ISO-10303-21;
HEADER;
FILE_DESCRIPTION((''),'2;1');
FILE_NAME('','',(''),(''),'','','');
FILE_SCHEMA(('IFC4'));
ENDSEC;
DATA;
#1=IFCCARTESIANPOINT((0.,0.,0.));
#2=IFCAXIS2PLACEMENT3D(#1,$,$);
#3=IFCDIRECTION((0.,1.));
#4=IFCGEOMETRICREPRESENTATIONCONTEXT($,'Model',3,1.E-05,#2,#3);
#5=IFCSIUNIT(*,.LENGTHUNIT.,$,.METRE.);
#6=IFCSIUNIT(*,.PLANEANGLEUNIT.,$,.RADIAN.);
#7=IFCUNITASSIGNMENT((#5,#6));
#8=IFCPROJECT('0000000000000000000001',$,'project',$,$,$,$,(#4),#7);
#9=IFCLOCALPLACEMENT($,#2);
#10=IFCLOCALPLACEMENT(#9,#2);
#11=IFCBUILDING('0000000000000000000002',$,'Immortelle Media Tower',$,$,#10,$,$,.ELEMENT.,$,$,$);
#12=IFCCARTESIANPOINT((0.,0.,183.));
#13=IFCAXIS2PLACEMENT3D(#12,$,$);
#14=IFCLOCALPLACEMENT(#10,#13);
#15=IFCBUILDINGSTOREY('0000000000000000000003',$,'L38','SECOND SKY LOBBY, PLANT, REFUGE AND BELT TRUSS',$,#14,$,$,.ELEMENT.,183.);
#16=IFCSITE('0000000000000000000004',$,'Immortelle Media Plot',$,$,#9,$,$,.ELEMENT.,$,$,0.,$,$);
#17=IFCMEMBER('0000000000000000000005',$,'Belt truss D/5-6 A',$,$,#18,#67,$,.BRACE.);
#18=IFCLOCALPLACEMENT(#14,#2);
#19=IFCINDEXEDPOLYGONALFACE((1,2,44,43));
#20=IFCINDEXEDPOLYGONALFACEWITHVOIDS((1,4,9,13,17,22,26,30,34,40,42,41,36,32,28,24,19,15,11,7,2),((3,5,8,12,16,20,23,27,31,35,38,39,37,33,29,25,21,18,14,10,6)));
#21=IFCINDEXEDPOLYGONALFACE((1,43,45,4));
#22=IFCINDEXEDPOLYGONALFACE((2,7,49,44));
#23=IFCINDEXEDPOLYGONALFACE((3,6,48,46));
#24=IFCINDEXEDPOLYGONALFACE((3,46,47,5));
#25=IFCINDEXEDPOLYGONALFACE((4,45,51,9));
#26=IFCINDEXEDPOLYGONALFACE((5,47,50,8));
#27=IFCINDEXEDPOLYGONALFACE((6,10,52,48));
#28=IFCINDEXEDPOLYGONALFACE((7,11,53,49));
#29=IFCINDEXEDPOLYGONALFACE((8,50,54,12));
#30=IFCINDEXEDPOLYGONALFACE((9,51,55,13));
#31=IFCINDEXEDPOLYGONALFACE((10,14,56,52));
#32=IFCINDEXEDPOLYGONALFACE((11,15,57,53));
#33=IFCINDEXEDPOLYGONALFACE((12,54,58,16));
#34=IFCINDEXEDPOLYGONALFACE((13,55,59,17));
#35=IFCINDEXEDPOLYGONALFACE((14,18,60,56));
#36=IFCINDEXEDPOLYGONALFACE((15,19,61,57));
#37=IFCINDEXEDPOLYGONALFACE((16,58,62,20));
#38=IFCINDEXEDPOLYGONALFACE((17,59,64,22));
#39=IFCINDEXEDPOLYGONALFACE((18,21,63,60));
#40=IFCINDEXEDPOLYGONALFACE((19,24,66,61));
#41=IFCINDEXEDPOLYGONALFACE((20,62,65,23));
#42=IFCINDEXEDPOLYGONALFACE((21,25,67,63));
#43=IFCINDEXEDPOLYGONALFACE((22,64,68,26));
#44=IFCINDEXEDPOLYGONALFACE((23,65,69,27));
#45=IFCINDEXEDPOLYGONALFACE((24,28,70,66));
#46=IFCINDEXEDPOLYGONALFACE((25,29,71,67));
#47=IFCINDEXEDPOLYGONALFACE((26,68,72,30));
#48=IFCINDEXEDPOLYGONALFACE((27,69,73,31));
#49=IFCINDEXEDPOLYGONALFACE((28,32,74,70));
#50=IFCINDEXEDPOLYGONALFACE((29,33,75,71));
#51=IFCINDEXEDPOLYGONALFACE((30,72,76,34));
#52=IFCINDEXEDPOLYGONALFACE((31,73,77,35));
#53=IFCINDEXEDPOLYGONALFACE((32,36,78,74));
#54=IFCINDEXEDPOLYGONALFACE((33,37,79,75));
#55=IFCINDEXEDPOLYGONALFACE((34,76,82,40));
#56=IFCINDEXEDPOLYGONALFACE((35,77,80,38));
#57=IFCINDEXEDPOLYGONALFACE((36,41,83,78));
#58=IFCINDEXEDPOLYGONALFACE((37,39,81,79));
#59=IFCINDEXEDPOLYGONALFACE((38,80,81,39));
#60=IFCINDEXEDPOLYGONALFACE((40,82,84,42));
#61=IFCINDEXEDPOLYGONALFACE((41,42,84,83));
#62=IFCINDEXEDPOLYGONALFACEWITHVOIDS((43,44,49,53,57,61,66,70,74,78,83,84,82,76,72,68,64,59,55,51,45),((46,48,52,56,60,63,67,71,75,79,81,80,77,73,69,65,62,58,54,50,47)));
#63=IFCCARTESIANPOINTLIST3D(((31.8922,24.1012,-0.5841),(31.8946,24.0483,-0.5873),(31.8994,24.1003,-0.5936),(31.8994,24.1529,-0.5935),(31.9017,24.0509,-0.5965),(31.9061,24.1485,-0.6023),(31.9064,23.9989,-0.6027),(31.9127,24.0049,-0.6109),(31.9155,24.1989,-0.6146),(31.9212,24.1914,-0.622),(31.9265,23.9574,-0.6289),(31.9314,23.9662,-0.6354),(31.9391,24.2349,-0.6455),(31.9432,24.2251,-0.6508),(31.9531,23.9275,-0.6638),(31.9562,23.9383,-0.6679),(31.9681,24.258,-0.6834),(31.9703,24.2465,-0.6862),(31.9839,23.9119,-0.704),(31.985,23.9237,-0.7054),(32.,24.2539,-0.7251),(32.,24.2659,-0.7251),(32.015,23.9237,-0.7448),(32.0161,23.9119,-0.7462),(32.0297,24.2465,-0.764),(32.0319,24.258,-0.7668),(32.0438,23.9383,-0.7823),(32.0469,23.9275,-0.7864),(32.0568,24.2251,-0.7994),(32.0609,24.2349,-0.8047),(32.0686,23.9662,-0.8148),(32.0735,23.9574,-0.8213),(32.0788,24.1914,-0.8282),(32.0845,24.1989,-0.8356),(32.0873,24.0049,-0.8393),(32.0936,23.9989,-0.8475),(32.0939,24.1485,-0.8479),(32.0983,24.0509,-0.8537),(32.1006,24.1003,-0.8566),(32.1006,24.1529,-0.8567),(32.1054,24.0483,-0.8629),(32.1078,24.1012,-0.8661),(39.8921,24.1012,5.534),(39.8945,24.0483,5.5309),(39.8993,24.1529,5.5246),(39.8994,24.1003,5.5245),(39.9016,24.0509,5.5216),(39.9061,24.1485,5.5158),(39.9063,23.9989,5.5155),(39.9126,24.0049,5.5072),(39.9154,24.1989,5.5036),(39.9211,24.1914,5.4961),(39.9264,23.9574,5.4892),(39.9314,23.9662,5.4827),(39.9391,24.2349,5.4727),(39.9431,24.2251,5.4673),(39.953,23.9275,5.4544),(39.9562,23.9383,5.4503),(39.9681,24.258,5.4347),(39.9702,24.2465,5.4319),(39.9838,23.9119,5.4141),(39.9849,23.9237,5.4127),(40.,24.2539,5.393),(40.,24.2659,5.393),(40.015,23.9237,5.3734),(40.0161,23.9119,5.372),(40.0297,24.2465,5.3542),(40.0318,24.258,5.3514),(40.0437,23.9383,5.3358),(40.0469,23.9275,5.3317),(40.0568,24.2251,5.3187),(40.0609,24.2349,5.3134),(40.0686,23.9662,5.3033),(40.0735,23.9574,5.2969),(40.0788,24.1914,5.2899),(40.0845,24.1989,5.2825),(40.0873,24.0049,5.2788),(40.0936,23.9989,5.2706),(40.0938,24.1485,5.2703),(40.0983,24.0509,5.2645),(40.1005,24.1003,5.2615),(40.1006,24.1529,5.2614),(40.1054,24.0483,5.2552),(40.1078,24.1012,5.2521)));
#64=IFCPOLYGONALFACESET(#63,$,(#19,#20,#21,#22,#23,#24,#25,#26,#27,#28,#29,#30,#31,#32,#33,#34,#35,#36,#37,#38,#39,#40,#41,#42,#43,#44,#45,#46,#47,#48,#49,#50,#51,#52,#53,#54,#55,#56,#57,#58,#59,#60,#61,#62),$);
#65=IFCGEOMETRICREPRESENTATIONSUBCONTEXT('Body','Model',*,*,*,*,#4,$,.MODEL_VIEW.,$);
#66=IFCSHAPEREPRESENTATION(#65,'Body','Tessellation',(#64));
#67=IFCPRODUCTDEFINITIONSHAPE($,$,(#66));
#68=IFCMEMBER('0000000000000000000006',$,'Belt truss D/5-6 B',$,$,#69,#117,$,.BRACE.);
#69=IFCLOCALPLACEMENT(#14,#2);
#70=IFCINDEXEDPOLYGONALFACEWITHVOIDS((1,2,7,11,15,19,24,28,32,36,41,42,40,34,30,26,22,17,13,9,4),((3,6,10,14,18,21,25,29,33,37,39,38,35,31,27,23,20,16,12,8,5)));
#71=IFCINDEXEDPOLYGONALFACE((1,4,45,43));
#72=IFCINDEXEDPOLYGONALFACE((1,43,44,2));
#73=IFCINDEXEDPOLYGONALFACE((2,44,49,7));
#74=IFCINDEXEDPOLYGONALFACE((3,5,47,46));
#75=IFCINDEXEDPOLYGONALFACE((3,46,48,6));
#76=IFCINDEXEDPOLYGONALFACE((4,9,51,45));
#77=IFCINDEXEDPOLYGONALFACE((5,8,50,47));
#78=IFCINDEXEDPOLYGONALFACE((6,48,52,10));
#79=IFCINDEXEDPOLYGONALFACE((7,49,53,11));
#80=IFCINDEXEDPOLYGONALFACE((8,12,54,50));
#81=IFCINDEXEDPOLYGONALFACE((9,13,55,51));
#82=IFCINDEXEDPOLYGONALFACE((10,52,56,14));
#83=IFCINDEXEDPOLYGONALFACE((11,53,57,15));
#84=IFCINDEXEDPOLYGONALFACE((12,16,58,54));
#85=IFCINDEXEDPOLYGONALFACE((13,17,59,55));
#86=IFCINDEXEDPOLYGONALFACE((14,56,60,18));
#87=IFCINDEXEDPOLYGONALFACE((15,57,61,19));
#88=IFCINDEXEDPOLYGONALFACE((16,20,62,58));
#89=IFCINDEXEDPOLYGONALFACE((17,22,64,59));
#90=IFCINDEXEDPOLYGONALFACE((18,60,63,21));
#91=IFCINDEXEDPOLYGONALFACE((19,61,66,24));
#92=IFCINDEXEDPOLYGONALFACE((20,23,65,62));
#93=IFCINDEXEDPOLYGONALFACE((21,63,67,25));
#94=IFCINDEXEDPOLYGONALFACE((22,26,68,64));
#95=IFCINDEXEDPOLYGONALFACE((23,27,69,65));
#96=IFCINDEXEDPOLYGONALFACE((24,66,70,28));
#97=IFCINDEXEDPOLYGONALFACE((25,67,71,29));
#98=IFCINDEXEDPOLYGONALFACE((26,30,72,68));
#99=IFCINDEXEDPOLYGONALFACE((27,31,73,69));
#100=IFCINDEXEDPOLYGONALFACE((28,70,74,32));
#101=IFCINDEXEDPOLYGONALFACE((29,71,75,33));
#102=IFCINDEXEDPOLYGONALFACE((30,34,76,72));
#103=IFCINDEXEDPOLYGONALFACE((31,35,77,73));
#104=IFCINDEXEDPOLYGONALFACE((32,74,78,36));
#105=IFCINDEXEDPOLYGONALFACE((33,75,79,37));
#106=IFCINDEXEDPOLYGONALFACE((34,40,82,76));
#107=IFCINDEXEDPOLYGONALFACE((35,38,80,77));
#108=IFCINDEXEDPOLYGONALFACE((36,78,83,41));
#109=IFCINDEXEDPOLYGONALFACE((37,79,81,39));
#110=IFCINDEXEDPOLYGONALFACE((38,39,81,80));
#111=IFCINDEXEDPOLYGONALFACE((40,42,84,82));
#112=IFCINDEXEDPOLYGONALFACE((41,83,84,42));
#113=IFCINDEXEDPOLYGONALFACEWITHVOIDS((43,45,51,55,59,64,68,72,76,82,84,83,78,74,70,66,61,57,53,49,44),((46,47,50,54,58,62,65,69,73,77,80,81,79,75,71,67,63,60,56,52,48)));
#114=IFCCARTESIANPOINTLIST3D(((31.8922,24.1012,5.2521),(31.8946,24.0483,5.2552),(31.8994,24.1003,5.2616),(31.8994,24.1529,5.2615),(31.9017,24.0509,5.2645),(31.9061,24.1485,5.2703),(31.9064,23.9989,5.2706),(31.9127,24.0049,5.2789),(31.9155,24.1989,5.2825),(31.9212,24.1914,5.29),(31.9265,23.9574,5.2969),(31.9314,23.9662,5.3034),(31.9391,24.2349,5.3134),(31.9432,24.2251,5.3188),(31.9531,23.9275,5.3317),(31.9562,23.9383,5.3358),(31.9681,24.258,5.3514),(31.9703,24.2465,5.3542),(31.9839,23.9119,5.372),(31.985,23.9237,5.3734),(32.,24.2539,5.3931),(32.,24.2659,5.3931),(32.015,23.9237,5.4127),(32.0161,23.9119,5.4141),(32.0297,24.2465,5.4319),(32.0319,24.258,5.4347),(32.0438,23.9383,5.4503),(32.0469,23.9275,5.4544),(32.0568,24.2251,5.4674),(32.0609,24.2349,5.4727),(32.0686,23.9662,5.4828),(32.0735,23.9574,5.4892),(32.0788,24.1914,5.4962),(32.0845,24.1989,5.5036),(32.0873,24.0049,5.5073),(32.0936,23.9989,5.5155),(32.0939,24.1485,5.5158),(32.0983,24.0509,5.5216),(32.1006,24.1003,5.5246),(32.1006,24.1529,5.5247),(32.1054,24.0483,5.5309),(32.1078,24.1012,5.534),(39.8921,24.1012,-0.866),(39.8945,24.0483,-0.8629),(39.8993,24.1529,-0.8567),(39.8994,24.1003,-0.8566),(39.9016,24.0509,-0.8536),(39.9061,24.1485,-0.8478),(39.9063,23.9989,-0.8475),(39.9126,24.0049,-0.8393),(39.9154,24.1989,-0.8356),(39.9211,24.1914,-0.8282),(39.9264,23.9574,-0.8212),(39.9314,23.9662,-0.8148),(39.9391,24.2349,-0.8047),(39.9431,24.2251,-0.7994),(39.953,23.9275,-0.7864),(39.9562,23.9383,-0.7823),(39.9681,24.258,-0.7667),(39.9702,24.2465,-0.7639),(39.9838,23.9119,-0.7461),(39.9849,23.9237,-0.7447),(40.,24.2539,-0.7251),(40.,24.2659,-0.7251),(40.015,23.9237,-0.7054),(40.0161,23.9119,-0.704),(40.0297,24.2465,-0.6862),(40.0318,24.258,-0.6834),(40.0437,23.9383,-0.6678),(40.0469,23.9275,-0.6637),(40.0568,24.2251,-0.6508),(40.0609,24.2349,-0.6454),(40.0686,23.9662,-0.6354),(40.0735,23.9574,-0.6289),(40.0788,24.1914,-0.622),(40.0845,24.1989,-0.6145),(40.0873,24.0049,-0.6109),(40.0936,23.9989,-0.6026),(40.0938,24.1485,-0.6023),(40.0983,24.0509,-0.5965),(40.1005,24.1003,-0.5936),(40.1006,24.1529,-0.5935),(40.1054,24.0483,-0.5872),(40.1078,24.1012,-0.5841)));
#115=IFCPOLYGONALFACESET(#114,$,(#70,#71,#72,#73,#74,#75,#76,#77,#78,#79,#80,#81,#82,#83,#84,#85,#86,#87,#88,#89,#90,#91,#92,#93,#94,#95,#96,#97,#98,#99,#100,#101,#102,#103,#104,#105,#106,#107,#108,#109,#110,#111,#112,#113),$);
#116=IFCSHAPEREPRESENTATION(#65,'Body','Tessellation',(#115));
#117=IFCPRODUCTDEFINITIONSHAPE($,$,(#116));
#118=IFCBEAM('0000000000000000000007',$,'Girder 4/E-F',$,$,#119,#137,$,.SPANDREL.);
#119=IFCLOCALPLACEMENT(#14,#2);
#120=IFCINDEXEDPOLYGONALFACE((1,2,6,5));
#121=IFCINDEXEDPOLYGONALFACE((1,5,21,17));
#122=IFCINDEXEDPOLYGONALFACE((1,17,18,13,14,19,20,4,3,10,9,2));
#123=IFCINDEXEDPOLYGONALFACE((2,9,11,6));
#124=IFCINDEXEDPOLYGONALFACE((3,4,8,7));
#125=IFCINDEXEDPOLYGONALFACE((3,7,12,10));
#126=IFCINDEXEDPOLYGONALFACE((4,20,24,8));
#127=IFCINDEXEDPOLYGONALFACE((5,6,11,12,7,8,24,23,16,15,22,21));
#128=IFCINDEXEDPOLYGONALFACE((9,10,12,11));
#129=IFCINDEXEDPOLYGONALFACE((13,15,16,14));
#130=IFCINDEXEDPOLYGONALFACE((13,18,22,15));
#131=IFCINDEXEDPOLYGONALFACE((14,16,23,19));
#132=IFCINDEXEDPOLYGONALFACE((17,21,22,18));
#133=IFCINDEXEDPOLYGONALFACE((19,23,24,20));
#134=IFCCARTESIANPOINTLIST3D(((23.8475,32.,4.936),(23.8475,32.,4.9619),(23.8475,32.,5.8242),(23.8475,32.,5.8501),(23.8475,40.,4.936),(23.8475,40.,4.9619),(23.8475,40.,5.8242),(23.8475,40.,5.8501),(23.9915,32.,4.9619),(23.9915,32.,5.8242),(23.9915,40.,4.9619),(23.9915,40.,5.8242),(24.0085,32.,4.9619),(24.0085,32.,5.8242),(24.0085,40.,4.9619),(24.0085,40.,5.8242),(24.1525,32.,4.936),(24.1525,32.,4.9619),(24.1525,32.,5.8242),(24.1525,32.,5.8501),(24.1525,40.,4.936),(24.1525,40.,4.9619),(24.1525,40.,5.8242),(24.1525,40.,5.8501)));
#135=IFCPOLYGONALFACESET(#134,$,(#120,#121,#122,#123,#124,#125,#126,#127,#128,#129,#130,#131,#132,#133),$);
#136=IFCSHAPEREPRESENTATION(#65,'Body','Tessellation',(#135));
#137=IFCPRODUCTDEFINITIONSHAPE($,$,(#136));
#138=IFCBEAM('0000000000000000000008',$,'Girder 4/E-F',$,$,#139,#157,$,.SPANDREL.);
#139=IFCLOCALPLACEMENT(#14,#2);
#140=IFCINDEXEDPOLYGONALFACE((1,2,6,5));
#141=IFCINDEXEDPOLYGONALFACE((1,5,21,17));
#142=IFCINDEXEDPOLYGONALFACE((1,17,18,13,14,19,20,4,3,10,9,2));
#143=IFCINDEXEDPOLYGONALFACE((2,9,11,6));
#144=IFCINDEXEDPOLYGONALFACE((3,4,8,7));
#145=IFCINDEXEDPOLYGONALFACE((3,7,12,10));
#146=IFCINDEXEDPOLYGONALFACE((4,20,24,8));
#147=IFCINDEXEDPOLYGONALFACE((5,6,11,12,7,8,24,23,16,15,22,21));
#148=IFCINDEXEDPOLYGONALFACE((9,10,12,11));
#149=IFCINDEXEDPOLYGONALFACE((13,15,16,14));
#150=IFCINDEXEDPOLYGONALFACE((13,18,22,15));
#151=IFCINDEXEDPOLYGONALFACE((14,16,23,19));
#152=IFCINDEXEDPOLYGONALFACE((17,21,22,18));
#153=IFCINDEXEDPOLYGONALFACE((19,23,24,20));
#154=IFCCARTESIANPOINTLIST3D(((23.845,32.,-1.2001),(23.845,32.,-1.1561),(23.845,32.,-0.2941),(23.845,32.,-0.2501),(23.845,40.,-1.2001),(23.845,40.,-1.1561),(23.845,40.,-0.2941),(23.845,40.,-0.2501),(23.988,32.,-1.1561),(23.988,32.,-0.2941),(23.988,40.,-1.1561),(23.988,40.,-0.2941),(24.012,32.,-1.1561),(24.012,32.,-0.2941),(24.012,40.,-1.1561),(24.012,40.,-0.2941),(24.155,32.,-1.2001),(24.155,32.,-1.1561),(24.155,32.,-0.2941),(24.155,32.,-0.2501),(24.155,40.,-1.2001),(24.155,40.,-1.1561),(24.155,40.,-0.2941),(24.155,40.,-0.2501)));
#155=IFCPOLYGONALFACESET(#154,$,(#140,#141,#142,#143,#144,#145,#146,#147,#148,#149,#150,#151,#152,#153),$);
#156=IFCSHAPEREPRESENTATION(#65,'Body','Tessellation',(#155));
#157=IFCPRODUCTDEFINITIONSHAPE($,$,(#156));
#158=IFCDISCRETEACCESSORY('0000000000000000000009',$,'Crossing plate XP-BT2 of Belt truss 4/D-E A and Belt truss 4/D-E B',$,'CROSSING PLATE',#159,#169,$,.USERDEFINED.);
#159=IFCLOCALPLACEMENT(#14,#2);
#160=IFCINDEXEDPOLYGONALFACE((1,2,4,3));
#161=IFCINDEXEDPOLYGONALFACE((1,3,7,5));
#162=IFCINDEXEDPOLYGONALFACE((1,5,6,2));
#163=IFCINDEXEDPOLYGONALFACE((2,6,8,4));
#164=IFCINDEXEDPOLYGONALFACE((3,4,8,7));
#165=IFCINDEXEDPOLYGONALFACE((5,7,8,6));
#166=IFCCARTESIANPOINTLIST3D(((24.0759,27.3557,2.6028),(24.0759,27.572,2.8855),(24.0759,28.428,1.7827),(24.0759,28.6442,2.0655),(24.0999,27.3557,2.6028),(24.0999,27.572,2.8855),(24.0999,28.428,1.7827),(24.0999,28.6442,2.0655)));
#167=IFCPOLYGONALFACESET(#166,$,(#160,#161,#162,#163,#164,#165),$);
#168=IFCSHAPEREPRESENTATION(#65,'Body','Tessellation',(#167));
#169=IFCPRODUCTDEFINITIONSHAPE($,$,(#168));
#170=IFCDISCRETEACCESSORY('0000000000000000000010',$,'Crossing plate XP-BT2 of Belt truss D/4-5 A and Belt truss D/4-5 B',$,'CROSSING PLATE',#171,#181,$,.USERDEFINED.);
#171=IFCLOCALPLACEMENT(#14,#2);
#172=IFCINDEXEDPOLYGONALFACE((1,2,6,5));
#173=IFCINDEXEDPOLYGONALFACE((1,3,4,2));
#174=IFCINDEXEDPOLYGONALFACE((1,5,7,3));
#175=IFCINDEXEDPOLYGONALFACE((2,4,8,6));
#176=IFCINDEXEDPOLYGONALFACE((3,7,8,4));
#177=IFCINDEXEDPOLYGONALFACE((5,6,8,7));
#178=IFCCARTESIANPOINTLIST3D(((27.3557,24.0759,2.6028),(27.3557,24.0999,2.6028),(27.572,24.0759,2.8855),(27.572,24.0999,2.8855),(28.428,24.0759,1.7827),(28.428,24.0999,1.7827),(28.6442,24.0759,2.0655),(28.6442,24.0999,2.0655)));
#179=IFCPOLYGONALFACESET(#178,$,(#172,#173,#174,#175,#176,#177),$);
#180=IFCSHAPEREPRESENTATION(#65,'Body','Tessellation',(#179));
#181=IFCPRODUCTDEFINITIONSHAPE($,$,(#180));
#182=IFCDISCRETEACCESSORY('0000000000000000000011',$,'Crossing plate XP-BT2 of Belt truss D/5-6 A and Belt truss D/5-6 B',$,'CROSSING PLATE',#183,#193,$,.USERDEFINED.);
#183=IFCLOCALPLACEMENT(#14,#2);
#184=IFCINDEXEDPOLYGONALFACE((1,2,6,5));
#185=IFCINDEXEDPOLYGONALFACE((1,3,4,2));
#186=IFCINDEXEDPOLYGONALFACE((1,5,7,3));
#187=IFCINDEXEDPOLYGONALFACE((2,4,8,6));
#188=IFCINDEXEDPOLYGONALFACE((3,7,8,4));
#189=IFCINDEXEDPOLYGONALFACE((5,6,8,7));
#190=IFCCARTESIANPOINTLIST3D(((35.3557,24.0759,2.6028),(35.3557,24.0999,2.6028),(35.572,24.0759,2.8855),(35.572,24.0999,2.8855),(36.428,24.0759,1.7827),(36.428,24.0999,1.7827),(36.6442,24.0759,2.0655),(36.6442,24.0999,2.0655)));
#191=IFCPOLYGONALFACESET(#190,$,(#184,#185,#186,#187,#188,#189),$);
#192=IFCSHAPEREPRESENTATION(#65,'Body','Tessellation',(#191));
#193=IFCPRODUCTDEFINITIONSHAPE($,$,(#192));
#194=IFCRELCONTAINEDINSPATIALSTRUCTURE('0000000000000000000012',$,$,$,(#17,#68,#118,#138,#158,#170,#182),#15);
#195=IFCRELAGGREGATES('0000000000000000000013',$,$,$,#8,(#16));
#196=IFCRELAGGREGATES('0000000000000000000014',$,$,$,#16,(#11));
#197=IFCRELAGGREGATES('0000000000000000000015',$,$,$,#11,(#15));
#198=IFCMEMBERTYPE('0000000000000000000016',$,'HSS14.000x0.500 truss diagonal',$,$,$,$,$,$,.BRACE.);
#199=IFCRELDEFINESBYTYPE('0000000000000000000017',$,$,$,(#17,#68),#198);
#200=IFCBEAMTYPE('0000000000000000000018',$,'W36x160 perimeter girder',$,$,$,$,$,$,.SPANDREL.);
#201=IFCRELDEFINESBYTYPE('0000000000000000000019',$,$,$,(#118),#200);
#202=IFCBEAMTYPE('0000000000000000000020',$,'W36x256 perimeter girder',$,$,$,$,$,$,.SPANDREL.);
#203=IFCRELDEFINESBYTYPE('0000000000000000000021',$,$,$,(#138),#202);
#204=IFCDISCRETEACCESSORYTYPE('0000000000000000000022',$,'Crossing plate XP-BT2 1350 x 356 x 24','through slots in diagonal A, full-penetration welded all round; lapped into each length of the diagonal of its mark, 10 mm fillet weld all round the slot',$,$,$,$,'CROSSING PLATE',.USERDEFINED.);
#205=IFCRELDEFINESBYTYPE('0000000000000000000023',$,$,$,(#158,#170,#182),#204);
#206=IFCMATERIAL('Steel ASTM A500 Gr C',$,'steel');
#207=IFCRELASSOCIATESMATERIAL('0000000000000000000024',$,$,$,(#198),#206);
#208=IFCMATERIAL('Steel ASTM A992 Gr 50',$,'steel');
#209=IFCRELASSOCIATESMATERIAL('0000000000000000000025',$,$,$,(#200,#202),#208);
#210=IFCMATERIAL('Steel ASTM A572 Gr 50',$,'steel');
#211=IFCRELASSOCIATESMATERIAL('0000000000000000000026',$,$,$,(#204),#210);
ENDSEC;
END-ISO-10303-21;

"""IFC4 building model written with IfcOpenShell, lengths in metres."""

from ifc_helpers import new_model, si_unit, direction, frame, origin, origin_2d, place, context, subcontext, project, spatial, rectangle, hollow_circle, i_section, extrude, material, material_profile, profile_set, type_object, element, save


model = new_model("IFC4")

# Units and contexts
model_context = context("Model", 3, precision=1e-05, world=origin(), true_north=direction((0.0, 1.0)))
body_context = subcontext(model_context, "Body", "Model", "MODEL_VIEW")
ifc_project = project(units=[si_unit("LENGTHUNIT", "METRE"), si_unit("PLANEANGLEUNIT", "RADIAN")], contexts=[model_context])

# Site, building, storey
site_placement = place(None, origin())
site = spatial("IfcSite", under=ifc_project, at=site_placement, Name="Immortelle Media Plot", CompositionType="ELEMENT", RefElevation=0.0)
building_placement = place(site_placement, origin())
building = spatial("IfcBuilding", under=site, at=building_placement, Name="Immortelle Media Tower", CompositionType="ELEMENT")
storey_placement = place(building_placement, frame((0.0, 0.0, 183.0)))
storey = spatial("IfcBuildingStorey", under=building, at=storey_placement, Name="L38", Description="SECOND SKY LOBBY, PLANT, REFUGE AND BELT TRUSS", CompositionType="ELEMENT", Elevation=183.0)

# Shared definitions
ifc_material_1 = material(Name="Steel ASTM A992 Gr 50", Category="steel")

# Members
ifc_material_2 = material(Name="Steel ASTM A500 Gr C", Category="steel")
ifc_material_profile_1 = material_profile(ifc_material_2, hollow_circle(Radius=0.178, WallThickness=0.012, at=origin_2d()), Name="HSS14.000x0.500 truss diagonal")
ifc_profile_set_1 = profile_set([ifc_material_profile_1], Name="Steel ASTM A500 Gr C")
member_type = type_object("IfcMemberType", Name="HSS14.000x0.500 truss diagonal", PredefinedType="BRACE", material=ifc_profile_set_1)
for number, where, z_axis, x_axis, name in (
    (1, (32.0, 24.0879, -0.7251), (0.794333, 0.0, 0.607482), (0.0, 1.0, 0.0), "Belt truss D/5-6 A"),
    (2, (32.0, 24.0879, 5.3931), (0.794333, 0.0, -0.607482), (0.0, 1.0, 0.0), "Belt truss D/5-6 B"),
):
    element("IfcMember", number, at=place(storey_placement, frame(where, z_axis=z_axis, x_axis=x_axis)), inside=storey, type_object=member_type, Name=name, PredefinedType="BRACE", context=body_context, shape_type="SweptSolid", body=[
        extrude(hollow_circle(Radius=0.178, WallThickness=0.012, at=origin_2d()), origin(), (0.0, 0.0, 1.0), 10.0713),
    ])

# Beams
ifc_material_profile_2 = material_profile(ifc_material_1, i_section(OverallWidth=0.3049, OverallDepth=0.9141, WebThickness=0.0171, FlangeThickness=0.0259, at=origin_2d()), Name="W36x160")
ifc_profile_set_2 = profile_set([ifc_material_profile_2], Name="Steel ASTM A992 Gr 50")
beam_type_1 = type_object("IfcBeamType", Name="W36x160 perimeter girder", PredefinedType="SPANDREL", material=ifc_profile_set_2)
beam_1_placement = place(storey_placement, frame((24.0, 32.0, 5.3931), z_axis=(0.0, 1.0, 0.0), x_axis=(-1.0, 0.0, 0.0)))
element("IfcBeam", 3, at=beam_1_placement, inside=storey, type_object=beam_type_1, Name="Girder 4/E-F", PredefinedType="SPANDREL", context=body_context, shape_type="SweptSolid", body=[
    extrude(i_section(OverallWidth=0.3049, OverallDepth=0.9141, WebThickness=0.0171, FlangeThickness=0.0259, at=origin_2d()), origin(), (0.0, 0.0, 1.0), 8.0),
])
ifc_material_profile_3 = material_profile(ifc_material_1, i_section(OverallWidth=0.3101, OverallDepth=0.95, WebThickness=0.0239, FlangeThickness=0.0439, at=origin_2d()), Name="W36x256")
ifc_profile_set_3 = profile_set([ifc_material_profile_3], Name="Steel ASTM A992 Gr 50")
beam_type_2 = type_object("IfcBeamType", Name="W36x256 perimeter girder", PredefinedType="SPANDREL", material=ifc_profile_set_3)
beam_2_placement = place(storey_placement, frame((24.0, 32.0, -0.7251), z_axis=(0.0, 1.0, 0.0), x_axis=(-1.0, 0.0, 0.0)))
element("IfcBeam", 4, at=beam_2_placement, inside=storey, type_object=beam_type_2, Name="Girder 4/E-F", PredefinedType="SPANDREL", context=body_context, shape_type="SweptSolid", body=[
    extrude(i_section(OverallWidth=0.3101, OverallDepth=0.95, WebThickness=0.0239, FlangeThickness=0.0439, at=origin_2d()), origin(), (0.0, 0.0, 1.0), 8.0),
])

# Discrete accessories
ifc_material_3 = material(Name="Steel ASTM A572 Gr 50", Category="steel")
ifc_material_profile_4 = material_profile(ifc_material_3, rectangle(XDim=0.0239, YDim=0.356, at=origin_2d()), Name="PL 24 x 356")
ifc_profile_set_4 = profile_set([ifc_material_profile_4], Name="Steel ASTM A572 Gr 50")
discrete_accessory_type_1 = type_object("IfcDiscreteAccessoryType", Name="Crossing plate XP-BT2 1350 x 356 x 24", Description="through slots in diagonal A, full-penetration welded all round; lapped into each length of the diagonal of its mark, 10 mm fillet weld all round the slot", ElementType="CROSSING PLATE", PredefinedType="USERDEFINED", material=ifc_profile_set_4)
for number, where, z_axis, x_axis, name in (
    (5, (24.0879, 27.4639, 2.7441), (0.0, 0.794322, -0.607497), (-1.0, 0.0, 0.0), "Crossing plate XP-BT2 of Belt truss 4/D-E A and Belt truss 4/D-E B"),
    (6, (27.4639, 24.0879, 2.7441), (0.794322, 0.0, -0.607497), (0.0, 1.0, 0.0), "Crossing plate XP-BT2 of Belt truss D/4-5 A and Belt truss D/4-5 B"),
    (7, (35.4639, 24.0879, 2.7441), (0.794322, 0.0, -0.607497), (0.0, 1.0, 0.0), "Crossing plate XP-BT2 of Belt truss D/5-6 A and Belt truss D/5-6 B"),
):
    element("IfcDiscreteAccessory", number, at=place(storey_placement, frame(where, z_axis=z_axis, x_axis=x_axis)), inside=storey, type_object=discrete_accessory_type_1, Name=name, ObjectType="CROSSING PLATE", PredefinedType="USERDEFINED", context=body_context, shape_type="SweptSolid", body=[
        extrude(rectangle(XDim=0.0239, YDim=0.356, at=origin_2d()), origin(), (0.0, 0.0, 1.0), 1.3499),
    ])

save(model, "model.ifc")
